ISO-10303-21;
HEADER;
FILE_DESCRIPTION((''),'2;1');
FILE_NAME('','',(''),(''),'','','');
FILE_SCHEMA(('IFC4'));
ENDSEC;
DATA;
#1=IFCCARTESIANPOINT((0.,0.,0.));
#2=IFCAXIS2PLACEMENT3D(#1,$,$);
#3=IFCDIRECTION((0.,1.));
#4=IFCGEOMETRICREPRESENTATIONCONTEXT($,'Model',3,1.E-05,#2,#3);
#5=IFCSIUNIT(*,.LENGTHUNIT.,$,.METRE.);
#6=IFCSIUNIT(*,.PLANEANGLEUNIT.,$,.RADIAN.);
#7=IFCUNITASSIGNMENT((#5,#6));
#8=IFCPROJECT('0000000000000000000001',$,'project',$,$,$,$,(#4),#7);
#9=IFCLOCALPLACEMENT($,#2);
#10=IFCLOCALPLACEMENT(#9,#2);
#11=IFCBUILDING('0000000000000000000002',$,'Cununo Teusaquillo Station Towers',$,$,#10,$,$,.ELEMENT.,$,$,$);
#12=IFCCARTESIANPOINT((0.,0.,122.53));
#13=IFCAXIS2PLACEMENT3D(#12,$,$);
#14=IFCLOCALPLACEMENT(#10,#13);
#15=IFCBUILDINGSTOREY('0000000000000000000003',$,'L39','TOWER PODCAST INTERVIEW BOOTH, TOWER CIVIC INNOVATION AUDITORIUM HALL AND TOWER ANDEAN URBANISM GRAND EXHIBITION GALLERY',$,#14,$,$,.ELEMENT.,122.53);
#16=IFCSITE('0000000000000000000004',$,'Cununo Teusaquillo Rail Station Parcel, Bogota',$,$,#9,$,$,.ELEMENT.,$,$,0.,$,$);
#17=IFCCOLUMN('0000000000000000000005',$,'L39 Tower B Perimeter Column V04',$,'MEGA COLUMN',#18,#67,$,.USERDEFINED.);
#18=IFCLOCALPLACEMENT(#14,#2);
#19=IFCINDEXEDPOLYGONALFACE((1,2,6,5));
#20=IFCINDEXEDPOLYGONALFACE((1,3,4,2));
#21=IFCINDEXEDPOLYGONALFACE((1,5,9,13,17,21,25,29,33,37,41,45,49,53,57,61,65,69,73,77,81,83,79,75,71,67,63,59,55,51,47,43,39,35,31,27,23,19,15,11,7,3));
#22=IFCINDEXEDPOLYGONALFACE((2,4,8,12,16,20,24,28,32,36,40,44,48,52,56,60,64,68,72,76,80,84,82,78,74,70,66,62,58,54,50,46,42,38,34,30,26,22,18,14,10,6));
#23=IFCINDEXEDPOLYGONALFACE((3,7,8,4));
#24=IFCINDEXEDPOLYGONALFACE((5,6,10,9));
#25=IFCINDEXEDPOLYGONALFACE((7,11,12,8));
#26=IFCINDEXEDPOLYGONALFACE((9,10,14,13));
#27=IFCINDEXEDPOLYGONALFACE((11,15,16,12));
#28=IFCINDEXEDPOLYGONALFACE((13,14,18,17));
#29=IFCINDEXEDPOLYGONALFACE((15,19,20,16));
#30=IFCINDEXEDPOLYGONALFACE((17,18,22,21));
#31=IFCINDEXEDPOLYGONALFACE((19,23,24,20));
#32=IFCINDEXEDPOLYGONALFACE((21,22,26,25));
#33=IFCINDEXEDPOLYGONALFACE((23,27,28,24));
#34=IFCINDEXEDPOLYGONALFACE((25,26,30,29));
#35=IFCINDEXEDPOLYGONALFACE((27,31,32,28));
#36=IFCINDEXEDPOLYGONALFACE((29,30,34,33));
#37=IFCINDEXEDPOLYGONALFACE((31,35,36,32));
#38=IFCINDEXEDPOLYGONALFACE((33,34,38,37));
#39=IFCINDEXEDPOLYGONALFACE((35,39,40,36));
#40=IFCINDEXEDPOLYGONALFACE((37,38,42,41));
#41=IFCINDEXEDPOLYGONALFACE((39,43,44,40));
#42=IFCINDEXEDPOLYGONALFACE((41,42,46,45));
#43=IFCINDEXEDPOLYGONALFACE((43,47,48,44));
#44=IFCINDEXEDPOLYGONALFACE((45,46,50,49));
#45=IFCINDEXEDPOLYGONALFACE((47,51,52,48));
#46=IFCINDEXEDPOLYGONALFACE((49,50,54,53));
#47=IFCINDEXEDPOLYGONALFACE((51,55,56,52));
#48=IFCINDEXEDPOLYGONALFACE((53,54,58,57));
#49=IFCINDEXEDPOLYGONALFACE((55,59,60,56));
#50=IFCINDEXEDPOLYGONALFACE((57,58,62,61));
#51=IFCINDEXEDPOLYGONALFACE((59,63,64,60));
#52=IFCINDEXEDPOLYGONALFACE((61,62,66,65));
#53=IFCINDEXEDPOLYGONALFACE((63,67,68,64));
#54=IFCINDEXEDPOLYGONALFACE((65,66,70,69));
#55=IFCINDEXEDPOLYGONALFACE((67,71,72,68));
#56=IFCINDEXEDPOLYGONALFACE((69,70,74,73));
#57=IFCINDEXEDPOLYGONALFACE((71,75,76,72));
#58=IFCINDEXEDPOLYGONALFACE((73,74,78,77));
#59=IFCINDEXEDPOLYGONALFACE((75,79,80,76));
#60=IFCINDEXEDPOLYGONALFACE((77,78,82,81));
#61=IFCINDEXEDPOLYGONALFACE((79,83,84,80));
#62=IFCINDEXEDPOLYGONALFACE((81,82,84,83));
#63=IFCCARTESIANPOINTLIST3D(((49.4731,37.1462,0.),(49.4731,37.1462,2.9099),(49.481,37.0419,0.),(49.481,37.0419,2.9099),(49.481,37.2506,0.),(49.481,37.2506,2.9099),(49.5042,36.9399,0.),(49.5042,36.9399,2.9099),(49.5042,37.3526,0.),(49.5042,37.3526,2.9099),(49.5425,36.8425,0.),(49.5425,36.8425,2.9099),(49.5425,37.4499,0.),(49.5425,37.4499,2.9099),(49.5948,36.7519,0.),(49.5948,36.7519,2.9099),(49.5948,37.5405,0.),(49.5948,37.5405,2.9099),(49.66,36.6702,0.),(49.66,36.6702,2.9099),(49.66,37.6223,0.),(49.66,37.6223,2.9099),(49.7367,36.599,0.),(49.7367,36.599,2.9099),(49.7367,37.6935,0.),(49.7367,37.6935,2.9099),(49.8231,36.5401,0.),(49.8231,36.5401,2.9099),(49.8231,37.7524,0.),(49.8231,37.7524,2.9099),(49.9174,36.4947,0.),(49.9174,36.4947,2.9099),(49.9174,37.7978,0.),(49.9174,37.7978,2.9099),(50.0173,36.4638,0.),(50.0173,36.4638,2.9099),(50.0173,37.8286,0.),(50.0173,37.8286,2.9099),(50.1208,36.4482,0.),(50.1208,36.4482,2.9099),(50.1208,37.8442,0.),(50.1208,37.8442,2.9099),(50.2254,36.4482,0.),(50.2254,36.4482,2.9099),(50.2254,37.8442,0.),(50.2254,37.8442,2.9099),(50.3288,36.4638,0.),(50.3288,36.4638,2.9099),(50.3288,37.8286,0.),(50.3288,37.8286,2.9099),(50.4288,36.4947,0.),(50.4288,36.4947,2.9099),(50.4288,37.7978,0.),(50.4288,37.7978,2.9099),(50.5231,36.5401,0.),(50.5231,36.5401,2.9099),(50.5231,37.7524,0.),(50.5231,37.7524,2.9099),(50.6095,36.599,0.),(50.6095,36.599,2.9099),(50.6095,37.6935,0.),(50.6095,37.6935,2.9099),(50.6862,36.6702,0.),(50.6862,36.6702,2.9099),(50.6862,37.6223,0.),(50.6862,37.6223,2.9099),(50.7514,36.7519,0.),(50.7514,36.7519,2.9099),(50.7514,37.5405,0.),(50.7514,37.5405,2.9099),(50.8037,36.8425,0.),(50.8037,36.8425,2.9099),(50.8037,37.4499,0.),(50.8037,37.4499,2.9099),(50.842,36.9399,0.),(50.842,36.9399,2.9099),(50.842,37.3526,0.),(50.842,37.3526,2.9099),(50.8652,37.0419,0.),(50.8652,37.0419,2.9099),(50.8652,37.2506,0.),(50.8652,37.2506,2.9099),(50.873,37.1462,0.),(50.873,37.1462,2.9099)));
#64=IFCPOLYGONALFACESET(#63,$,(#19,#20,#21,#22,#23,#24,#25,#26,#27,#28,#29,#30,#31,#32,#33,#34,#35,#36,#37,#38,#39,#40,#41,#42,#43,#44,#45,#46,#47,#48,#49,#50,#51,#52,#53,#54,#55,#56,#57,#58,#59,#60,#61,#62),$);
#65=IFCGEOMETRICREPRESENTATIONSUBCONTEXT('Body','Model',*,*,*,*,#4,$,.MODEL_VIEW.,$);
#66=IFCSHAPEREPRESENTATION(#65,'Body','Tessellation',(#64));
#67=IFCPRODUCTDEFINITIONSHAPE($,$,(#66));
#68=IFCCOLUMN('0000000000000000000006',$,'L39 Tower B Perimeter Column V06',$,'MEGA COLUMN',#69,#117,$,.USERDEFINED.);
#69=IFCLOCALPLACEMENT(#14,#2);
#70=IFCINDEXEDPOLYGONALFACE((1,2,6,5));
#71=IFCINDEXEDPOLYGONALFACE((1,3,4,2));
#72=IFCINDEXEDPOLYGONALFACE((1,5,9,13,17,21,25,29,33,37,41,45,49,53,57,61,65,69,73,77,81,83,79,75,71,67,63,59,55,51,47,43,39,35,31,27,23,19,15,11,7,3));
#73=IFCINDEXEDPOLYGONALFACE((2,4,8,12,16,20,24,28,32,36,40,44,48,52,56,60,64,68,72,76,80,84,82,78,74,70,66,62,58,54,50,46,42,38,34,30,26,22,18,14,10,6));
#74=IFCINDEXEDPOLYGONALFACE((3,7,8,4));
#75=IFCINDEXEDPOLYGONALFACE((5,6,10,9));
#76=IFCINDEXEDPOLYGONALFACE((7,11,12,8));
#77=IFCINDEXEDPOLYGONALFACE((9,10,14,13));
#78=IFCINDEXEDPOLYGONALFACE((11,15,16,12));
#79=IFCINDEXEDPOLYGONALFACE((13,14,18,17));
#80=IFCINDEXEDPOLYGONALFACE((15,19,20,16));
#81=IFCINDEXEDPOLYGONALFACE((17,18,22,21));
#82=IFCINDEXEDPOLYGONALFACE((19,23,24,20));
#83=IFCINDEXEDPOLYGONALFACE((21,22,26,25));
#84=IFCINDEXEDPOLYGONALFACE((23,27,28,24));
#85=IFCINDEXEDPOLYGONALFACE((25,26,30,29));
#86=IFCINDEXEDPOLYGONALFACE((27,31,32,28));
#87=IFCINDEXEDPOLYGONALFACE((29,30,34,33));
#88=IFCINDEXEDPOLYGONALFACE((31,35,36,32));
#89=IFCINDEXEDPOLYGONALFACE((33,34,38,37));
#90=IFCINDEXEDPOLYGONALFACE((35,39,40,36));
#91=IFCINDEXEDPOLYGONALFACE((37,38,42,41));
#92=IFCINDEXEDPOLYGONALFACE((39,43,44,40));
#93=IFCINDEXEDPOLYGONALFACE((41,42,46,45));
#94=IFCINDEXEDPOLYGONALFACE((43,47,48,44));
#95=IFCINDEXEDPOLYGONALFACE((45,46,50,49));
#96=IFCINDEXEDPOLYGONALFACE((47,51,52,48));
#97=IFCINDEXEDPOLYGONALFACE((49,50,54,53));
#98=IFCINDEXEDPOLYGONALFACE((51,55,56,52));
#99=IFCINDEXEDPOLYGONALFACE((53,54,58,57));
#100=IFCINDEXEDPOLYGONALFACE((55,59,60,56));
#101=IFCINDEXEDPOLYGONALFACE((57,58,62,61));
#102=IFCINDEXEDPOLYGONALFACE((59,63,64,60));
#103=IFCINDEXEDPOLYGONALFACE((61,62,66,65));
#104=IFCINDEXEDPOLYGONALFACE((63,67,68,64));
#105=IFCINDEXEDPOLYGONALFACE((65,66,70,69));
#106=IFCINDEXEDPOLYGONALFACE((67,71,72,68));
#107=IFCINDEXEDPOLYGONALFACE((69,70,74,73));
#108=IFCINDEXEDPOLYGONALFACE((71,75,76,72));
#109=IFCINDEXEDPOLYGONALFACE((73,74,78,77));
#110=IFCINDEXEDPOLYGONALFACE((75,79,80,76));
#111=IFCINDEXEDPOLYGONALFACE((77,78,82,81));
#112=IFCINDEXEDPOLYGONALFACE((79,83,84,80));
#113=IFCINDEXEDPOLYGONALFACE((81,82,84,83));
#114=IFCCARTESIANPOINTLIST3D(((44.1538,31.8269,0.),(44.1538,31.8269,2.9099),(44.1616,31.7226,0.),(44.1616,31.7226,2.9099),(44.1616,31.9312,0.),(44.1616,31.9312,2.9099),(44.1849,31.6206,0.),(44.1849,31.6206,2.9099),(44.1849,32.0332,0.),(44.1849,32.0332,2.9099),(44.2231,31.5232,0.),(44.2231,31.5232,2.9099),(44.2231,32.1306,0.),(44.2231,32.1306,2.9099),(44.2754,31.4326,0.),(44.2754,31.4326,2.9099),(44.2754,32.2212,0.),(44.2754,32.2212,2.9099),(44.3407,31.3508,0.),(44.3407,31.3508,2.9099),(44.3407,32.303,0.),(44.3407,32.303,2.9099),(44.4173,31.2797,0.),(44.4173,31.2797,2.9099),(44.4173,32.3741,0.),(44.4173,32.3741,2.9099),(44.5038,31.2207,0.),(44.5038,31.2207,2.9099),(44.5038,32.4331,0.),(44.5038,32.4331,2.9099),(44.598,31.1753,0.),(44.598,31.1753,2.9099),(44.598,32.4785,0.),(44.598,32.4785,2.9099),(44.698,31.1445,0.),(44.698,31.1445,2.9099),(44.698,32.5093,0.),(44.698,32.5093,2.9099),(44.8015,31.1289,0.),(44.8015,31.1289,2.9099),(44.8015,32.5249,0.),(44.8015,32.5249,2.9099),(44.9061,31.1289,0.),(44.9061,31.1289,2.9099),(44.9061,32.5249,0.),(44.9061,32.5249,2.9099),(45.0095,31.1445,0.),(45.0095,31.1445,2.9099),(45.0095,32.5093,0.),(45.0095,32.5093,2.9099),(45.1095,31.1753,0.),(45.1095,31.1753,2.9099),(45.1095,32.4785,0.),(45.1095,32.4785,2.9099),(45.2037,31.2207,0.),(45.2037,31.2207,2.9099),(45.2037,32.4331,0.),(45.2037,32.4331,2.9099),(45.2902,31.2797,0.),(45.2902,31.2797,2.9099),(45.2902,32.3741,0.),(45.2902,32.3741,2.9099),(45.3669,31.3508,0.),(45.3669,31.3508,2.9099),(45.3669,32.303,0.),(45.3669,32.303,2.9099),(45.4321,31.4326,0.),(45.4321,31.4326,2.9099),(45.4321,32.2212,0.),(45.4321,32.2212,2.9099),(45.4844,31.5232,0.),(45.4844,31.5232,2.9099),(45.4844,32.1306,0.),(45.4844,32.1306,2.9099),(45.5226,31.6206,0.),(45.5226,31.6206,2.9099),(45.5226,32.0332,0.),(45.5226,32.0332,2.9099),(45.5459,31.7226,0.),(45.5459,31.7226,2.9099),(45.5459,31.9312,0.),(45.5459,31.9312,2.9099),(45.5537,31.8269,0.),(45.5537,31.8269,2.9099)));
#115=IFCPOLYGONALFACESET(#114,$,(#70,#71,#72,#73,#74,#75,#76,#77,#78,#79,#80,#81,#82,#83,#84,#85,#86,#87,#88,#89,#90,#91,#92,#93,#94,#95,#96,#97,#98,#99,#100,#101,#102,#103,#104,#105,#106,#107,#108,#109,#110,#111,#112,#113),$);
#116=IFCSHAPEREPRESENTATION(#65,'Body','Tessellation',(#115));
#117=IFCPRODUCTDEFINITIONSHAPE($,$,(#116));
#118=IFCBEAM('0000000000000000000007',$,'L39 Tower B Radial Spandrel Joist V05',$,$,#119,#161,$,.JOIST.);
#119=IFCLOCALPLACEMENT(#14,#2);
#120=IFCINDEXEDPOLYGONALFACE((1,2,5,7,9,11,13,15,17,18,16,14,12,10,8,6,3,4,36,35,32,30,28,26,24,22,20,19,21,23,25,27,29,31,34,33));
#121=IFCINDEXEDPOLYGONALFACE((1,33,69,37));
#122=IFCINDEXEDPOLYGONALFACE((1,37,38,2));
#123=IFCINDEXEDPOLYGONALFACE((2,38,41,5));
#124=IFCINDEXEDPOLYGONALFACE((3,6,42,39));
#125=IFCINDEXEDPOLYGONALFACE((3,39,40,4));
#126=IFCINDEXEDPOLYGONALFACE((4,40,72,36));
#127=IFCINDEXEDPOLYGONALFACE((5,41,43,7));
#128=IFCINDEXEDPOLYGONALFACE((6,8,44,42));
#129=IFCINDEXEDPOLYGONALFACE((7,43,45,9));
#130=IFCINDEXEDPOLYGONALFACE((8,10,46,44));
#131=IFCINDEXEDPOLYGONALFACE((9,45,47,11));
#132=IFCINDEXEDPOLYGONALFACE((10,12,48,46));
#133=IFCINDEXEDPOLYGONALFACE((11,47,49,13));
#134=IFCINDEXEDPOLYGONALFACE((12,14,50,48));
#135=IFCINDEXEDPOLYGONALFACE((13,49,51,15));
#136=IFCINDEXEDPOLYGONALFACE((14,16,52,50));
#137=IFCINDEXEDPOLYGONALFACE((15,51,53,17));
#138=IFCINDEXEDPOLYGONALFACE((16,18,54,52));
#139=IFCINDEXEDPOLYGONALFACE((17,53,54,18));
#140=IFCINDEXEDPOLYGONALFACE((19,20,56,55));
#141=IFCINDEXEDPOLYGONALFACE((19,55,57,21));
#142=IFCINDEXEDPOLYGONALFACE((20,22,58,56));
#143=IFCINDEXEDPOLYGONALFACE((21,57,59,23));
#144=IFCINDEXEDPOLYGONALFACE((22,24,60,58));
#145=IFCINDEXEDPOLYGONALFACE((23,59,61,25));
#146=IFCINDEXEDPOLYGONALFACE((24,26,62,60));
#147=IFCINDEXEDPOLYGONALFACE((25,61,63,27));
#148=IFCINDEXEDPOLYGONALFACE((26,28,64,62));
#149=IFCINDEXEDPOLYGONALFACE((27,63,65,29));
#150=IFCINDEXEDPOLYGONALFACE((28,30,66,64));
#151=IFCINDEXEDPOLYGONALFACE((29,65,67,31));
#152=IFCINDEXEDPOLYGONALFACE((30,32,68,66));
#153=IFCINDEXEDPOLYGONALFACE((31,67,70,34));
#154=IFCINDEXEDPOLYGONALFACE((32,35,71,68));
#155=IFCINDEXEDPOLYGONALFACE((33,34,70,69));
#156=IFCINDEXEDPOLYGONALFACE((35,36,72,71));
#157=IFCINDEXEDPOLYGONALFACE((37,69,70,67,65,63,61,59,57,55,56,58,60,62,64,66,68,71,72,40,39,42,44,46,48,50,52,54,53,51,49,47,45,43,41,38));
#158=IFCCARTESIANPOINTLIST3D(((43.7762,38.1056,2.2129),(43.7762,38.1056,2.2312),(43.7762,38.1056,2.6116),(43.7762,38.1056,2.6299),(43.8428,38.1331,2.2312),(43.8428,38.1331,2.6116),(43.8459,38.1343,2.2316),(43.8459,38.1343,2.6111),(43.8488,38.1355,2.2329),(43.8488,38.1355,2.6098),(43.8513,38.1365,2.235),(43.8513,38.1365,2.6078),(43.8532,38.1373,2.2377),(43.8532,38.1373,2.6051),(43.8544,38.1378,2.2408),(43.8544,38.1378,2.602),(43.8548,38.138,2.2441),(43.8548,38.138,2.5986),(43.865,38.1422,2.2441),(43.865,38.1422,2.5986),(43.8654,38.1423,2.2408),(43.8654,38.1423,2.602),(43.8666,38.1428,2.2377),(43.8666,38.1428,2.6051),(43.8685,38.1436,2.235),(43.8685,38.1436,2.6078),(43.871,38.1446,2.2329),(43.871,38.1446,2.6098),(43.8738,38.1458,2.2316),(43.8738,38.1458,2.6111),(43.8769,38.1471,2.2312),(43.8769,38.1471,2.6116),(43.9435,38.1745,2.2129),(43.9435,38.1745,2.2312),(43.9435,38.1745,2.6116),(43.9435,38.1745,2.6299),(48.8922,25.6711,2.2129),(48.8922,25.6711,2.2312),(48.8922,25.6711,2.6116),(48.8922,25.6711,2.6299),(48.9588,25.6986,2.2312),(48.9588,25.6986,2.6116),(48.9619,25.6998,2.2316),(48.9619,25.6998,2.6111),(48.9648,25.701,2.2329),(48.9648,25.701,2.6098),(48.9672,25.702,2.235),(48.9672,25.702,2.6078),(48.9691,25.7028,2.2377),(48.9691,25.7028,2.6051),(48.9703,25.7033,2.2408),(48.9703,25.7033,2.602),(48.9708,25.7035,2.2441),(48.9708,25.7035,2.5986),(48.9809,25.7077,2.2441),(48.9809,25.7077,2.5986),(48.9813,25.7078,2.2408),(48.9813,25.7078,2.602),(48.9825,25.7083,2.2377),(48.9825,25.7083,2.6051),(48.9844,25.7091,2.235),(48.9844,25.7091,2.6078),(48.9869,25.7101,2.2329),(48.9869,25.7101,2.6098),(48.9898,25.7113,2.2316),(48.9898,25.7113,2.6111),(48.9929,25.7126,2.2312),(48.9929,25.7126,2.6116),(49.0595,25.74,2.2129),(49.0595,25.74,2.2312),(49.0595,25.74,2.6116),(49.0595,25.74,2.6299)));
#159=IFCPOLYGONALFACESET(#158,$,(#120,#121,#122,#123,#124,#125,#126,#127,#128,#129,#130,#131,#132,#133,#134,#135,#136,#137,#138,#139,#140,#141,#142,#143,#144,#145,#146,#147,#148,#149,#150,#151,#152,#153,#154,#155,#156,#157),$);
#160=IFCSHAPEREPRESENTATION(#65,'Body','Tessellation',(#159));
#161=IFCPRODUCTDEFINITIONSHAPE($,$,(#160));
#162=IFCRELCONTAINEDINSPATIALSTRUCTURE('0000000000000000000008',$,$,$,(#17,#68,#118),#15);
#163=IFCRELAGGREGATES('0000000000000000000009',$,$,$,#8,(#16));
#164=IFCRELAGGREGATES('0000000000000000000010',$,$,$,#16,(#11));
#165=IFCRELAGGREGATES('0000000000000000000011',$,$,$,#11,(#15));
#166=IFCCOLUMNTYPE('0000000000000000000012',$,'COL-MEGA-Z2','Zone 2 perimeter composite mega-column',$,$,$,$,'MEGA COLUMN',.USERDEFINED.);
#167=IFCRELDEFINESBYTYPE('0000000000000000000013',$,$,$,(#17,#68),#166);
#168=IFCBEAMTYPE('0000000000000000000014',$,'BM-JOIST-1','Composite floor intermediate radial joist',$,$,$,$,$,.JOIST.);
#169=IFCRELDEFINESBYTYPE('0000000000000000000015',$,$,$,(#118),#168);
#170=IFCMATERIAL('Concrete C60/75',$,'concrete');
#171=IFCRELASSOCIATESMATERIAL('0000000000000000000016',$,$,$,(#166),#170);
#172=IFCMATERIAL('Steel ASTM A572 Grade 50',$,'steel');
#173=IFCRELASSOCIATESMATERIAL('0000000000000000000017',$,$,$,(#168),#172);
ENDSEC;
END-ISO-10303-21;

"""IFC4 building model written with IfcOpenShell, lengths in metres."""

from ifc_helpers import new_model, si_unit, direction, frame, origin, origin_2d, place, context, subcontext, project, spatial, circle, i_section, extrude, material, material_profile, profile_set, type_object, element, save


model = new_model("IFC4")

# Units and contexts
model_context = context("Model", 3, precision=1e-05, world=origin(), true_north=direction((0.0, 1.0)))
body_context = subcontext(model_context, "Body", "Model", "MODEL_VIEW")
ifc_project = project(units=[si_unit("LENGTHUNIT", "METRE"), si_unit("PLANEANGLEUNIT", "RADIAN")], contexts=[model_context])

# Site, building, storey
site_placement = place(None, origin())
site = spatial("IfcSite", under=ifc_project, at=site_placement, Name="Cununo Teusaquillo Rail Station Parcel, Bogota", CompositionType="ELEMENT", RefElevation=0.0)
building_placement = place(site_placement, origin())
building = spatial("IfcBuilding", under=site, at=building_placement, Name="Cununo Teusaquillo Station Towers", CompositionType="ELEMENT")
storey_placement = place(building_placement, frame((0.0, 0.0, 122.53)))
storey = spatial("IfcBuildingStorey", under=building, at=storey_placement, Name="L39", Description="TOWER PODCAST INTERVIEW BOOTH, TOWER CIVIC INNOVATION AUDITORIUM HALL AND TOWER ANDEAN URBANISM GRAND EXHIBITION GALLERY", CompositionType="ELEMENT", Elevation=122.53)

# Columns
ifc_material_1 = material(Name="Concrete C60/75", Category="concrete")
ifc_material_profile_1 = material_profile(ifc_material_1, circle(Radius=0.7, at=origin_2d()), Name="RC-CIRC-1400")
ifc_profile_set_1 = profile_set([ifc_material_profile_1], Name="Concrete C60/75")
column_type = type_object("IfcColumnType", Name="COL-MEGA-Z2", Description="Zone 2 perimeter composite mega-column", ElementType="MEGA COLUMN", PredefinedType="USERDEFINED", material=ifc_profile_set_1)
for number, where, z_axis, x_axis, name in (
    (1, (50.1731, 37.1462, 0.0), (0.0, 0.0, 1.0), (1.0, 0.0, 0.0), "L39 Tower B Perimeter Column V04"),
    (2, (44.8538, 31.8269, 0.0), (0.0, 0.0, 1.0), (1.0, 0.0, 0.0), "L39 Tower B Perimeter Column V06"),
):
    element("IfcColumn", number, at=place(storey_placement, frame(where, z_axis=z_axis, x_axis=x_axis)), inside=storey, type_object=column_type, Name=name, ObjectType="MEGA COLUMN", PredefinedType="USERDEFINED", context=body_context, shape_type="SweptSolid", body=[
        extrude(circle(Radius=0.7, at=origin_2d()), origin(), (0.0, 0.0, 1.0), 2.9099),
    ])

# Beam
ifc_material_2 = material(Name="Steel ASTM A572 Grade 50", Category="steel")
ifc_material_profile_2 = material_profile(ifc_material_2, i_section(OverallWidth=0.1809, OverallDepth=0.417, WebThickness=0.011, FlangeThickness=0.0183, FilletRadius=0.0129, at=origin_2d()), Name="W16X57")
ifc_profile_set_2 = profile_set([ifc_material_profile_2], Name="Steel ASTM A572 Grade 50")
beam_type_1 = type_object("IfcBeamType", Name="BM-JOIST-1", Description="Composite floor intermediate radial joist", PredefinedType="JOIST", material=ifc_profile_set_2)
beam_1_placement = place(storey_placement, frame((48.9758, 25.7056, 2.4214), z_axis=(-0.380486, 0.924787, 0.0), x_axis=(-0.924787, -0.380486, 0.0)))
element("IfcBeam", 3, at=beam_1_placement, inside=storey, type_object=beam_type_1, Name="L39 Tower B Radial Spandrel Joist V05", PredefinedType="JOIST", context=body_context, shape_type="SweptSolid", body=[
    extrude(i_section(OverallWidth=0.1809, OverallDepth=0.417, WebThickness=0.011, FlangeThickness=0.0183, FilletRadius=0.0129, at=origin_2d()), origin(), (0.0, 0.0, 1.0), 13.4458),
])

save(model, "model.ifc")
